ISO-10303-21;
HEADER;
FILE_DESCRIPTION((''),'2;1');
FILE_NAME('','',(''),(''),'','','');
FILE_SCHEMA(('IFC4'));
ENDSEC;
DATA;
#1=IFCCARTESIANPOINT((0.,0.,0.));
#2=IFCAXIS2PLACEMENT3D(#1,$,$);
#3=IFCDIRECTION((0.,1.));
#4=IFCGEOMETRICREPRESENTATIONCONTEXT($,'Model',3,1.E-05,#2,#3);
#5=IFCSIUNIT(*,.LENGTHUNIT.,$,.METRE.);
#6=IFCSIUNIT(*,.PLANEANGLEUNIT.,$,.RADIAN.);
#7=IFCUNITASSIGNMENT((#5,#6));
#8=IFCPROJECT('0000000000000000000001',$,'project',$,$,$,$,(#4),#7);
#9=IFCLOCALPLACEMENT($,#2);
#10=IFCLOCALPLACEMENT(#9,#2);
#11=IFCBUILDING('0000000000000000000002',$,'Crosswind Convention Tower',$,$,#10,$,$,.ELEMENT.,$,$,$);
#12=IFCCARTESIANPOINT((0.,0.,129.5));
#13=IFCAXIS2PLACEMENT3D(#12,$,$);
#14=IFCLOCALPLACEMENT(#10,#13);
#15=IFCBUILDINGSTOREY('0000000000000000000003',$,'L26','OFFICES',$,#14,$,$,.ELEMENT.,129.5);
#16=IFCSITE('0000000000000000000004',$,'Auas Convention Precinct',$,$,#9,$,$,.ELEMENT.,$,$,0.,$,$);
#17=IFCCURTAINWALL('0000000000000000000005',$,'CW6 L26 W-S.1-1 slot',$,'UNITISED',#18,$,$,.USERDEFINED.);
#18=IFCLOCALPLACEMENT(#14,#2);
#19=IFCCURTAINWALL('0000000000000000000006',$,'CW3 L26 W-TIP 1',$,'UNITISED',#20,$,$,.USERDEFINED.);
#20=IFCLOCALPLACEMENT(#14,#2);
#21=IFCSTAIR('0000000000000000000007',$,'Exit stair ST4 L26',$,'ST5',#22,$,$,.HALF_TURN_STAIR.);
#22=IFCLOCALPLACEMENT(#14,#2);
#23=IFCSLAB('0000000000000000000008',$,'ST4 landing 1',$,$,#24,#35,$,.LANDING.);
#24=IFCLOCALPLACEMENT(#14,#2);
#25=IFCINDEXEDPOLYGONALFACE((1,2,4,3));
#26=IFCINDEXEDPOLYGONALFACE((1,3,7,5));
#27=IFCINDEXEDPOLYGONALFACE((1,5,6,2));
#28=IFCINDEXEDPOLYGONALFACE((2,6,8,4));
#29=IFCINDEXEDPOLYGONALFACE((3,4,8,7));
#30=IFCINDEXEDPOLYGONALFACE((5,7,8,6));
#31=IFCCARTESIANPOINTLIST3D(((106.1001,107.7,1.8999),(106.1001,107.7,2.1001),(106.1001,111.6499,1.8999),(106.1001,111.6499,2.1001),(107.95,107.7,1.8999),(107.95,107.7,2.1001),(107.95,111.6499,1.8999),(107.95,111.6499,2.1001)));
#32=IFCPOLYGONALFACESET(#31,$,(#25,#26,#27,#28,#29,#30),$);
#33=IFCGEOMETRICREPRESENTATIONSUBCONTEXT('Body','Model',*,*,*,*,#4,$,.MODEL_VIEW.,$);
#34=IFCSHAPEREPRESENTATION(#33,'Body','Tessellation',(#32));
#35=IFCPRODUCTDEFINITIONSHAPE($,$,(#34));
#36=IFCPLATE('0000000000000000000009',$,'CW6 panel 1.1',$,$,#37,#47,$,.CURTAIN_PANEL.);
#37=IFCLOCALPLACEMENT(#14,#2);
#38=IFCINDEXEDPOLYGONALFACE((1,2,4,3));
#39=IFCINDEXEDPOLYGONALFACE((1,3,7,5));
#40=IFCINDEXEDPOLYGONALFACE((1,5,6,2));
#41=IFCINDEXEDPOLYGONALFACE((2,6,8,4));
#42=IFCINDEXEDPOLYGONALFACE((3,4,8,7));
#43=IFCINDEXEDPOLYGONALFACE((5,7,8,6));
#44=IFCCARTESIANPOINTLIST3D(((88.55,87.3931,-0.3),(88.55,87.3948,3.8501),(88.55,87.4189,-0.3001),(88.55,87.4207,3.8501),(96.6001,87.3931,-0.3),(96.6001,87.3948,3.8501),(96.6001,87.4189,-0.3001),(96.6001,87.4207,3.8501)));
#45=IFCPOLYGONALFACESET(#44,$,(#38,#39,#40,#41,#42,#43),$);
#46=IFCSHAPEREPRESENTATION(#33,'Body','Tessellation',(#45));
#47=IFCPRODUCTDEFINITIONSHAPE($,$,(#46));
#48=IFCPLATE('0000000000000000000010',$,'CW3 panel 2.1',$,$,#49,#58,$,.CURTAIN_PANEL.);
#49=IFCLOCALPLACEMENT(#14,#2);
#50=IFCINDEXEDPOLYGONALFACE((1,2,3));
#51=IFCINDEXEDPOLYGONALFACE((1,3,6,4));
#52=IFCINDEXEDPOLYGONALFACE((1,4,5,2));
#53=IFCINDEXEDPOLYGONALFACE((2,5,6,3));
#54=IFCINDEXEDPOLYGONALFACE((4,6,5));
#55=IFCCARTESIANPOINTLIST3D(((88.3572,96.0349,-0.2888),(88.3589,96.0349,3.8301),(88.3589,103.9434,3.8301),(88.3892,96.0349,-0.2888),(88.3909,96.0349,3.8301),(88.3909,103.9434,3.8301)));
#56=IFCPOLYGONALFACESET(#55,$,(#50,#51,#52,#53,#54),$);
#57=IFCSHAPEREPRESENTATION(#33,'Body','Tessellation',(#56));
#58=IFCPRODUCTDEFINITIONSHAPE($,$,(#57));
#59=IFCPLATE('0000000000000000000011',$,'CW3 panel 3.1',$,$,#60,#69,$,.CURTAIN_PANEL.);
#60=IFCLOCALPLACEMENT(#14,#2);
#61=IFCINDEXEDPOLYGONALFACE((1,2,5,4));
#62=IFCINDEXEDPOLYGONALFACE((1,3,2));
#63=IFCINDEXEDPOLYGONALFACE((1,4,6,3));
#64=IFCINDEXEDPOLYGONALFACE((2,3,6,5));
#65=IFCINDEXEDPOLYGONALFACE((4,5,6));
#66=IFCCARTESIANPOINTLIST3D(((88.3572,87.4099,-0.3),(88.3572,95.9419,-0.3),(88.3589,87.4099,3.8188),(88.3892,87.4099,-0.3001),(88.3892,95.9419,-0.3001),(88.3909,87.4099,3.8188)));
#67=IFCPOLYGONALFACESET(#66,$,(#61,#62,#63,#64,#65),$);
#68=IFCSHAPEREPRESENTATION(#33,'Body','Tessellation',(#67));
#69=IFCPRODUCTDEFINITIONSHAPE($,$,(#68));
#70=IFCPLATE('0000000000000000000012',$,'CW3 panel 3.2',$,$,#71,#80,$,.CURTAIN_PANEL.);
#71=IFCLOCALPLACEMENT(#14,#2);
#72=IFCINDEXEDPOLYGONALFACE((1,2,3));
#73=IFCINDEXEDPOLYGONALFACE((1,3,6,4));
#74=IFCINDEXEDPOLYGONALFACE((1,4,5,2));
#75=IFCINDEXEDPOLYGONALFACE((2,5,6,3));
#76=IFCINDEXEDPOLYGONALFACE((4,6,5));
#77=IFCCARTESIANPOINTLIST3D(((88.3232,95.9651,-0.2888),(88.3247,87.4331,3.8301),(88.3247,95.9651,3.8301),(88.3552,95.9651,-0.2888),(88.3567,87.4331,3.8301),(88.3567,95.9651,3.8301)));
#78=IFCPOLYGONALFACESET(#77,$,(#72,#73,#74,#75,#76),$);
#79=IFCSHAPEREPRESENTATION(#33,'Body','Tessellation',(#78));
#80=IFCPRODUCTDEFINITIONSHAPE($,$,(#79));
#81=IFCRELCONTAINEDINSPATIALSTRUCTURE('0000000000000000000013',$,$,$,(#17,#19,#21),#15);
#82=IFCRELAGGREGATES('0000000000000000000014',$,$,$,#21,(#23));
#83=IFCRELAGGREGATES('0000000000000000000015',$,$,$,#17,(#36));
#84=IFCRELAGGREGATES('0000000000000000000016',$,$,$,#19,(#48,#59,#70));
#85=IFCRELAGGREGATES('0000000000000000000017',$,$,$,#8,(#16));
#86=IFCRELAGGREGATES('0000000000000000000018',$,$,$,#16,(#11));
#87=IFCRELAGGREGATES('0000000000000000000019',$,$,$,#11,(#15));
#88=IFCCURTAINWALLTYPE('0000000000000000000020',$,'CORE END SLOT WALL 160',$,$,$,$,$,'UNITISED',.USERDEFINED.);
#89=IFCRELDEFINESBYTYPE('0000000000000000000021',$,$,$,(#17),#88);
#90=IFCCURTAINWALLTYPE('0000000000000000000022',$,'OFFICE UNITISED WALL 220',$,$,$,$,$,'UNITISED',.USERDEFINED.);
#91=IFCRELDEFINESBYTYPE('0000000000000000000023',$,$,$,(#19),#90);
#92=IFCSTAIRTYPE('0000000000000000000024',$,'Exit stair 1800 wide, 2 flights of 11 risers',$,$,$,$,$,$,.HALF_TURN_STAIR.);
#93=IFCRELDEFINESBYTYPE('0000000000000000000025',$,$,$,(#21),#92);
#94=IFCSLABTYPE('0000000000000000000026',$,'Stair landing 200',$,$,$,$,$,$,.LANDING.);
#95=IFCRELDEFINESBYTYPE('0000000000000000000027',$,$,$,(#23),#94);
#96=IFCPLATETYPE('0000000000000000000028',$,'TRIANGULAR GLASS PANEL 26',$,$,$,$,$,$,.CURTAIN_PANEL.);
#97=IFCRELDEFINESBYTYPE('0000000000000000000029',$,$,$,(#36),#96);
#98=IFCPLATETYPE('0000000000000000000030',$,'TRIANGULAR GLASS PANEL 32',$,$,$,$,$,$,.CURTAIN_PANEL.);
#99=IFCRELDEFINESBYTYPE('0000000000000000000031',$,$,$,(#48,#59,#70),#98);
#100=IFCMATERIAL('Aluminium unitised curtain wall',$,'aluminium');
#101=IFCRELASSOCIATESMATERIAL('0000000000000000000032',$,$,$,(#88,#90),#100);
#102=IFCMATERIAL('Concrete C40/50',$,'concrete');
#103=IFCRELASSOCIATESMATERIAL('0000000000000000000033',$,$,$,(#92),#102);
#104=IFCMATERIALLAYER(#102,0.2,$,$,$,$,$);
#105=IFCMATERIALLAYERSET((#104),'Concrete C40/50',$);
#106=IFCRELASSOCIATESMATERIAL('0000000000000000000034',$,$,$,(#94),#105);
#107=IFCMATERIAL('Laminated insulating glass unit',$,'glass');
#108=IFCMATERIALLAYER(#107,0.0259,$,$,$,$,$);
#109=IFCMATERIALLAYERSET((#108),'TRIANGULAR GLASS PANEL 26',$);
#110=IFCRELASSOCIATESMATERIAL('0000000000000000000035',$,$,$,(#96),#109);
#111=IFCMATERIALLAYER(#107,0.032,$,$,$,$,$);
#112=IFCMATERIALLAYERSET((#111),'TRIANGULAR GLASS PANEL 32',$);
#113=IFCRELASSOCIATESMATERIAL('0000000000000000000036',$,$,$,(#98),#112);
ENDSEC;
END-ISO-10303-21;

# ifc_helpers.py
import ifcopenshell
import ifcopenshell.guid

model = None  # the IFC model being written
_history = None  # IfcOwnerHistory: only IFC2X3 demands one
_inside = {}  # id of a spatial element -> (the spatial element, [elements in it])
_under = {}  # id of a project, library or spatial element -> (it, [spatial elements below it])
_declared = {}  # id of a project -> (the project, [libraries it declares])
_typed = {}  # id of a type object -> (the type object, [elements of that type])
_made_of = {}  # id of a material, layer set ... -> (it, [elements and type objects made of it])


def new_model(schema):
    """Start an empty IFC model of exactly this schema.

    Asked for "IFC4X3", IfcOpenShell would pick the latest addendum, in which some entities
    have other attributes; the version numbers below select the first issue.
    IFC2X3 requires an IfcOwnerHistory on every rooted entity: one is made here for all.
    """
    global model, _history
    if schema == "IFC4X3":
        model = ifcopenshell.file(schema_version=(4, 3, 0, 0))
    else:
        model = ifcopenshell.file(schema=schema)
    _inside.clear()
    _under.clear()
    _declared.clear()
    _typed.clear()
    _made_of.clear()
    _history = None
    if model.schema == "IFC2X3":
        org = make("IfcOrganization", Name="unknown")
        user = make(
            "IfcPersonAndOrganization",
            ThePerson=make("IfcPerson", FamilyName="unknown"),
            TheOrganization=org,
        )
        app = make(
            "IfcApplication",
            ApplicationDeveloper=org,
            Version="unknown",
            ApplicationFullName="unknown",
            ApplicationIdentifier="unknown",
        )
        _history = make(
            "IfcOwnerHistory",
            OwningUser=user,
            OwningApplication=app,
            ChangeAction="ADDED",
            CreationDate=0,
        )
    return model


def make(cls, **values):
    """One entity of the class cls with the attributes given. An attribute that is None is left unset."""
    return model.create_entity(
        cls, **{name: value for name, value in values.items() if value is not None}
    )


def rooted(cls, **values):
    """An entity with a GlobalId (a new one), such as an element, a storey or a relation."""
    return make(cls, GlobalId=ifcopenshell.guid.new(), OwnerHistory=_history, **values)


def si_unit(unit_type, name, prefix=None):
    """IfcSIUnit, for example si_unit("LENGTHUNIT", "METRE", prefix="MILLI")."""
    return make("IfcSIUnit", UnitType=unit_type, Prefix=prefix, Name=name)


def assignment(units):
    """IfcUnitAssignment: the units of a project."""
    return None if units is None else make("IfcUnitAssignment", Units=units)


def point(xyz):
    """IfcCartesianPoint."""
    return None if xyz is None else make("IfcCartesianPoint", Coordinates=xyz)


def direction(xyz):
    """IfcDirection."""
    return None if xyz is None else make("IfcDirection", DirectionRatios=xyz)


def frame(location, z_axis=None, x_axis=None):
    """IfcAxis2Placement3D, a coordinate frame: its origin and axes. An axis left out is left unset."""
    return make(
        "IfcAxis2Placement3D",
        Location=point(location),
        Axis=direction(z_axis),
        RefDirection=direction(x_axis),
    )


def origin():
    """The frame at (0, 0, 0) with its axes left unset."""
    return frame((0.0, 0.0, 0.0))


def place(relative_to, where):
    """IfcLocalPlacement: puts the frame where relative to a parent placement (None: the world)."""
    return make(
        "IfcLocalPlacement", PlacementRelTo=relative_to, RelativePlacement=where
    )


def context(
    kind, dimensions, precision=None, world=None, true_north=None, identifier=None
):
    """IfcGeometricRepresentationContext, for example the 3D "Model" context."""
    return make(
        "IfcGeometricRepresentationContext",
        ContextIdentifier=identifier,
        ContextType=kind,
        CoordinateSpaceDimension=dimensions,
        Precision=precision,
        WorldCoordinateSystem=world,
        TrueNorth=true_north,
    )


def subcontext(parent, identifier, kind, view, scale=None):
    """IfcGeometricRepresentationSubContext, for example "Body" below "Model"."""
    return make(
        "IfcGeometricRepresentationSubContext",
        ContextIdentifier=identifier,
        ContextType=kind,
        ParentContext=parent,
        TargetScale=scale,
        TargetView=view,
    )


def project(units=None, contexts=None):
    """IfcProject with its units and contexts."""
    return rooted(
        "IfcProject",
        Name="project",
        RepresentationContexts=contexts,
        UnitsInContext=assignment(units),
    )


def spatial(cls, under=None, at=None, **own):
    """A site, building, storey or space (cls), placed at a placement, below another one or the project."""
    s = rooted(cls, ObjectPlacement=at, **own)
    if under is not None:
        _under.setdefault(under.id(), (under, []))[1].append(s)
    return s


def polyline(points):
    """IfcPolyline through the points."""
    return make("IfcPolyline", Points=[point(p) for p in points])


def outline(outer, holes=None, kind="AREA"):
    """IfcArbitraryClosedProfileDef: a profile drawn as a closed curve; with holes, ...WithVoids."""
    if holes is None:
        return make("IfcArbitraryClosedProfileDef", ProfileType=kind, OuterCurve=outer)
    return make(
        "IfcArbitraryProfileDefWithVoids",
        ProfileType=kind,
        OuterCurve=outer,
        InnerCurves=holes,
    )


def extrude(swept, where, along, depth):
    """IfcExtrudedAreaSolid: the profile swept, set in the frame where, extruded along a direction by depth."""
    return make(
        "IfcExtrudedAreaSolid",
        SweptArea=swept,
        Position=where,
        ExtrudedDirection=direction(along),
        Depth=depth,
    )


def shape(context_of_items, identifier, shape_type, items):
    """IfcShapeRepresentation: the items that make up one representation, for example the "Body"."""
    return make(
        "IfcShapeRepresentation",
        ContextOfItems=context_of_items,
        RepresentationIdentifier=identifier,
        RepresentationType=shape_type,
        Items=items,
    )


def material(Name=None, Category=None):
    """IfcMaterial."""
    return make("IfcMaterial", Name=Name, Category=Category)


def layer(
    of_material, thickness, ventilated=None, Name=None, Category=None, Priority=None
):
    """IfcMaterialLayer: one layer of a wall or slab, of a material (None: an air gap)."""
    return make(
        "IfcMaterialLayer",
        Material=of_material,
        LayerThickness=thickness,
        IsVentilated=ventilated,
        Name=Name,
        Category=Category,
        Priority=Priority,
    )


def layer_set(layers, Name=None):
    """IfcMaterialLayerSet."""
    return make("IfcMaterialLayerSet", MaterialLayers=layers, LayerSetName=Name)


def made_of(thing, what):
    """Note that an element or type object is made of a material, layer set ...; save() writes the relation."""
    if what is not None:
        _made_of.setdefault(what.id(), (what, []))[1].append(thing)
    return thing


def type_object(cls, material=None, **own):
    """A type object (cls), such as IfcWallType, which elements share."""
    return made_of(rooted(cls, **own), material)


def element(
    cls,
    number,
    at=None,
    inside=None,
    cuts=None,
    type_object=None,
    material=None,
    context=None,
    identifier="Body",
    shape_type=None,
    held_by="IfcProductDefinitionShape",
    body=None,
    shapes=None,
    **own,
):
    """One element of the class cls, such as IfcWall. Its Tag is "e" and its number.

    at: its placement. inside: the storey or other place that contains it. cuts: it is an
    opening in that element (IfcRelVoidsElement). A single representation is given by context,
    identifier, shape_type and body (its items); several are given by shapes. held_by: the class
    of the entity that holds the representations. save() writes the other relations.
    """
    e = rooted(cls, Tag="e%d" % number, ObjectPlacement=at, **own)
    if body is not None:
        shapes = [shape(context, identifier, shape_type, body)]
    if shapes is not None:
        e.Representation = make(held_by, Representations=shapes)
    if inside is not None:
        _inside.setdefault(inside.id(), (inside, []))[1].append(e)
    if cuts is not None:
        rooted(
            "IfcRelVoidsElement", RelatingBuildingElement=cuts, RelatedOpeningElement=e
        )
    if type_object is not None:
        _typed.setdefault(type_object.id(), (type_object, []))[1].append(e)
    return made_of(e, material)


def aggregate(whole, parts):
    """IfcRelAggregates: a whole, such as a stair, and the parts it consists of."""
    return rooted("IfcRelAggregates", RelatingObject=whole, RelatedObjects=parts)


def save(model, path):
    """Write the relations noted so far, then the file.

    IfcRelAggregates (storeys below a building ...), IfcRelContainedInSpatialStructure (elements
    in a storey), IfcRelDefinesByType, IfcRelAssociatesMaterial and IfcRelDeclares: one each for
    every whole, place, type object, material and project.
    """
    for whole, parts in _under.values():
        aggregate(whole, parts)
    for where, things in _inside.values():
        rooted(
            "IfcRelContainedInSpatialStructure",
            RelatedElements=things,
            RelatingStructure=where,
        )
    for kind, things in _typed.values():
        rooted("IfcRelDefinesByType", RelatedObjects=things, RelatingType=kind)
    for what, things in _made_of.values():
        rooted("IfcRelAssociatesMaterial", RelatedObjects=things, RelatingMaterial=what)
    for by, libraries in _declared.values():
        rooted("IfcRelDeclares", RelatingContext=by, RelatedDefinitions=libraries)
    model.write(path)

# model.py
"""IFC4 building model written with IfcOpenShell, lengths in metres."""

from ifc_helpers import new_model, si_unit, direction, frame, origin, place, context, subcontext, project, spatial, polyline, outline, extrude, material, layer, layer_set, type_object, element, aggregate, save


model = new_model("IFC4")

# Units and contexts
model_context = context("Model", 3, precision=1e-05, world=origin(), true_north=direction((0.0, 1.0)))
body_context = subcontext(model_context, "Body", "Model", "MODEL_VIEW")
ifc_project = project(units=[si_unit("LENGTHUNIT", "METRE"), si_unit("PLANEANGLEUNIT", "RADIAN")], contexts=[model_context])

# Site, building, storey
site_placement = place(None, origin())
site = spatial("IfcSite", under=ifc_project, at=site_placement, Name="Auas Convention Precinct", CompositionType="ELEMENT", RefElevation=0.0)
building_placement = place(site_placement, origin())
building = spatial("IfcBuilding", under=site, at=building_placement, Name="Crosswind Convention Tower", CompositionType="ELEMENT")
storey_placement = place(building_placement, frame((0.0, 0.0, 129.5)))
storey = spatial("IfcBuildingStorey", under=building, at=storey_placement, Name="L26", Description="OFFICES", CompositionType="ELEMENT", Elevation=129.5)

# Curtain wall
ifc_material_1 = material(Name="Aluminium unitised curtain wall", Category="aluminium")
curtain_wall_type_1 = type_object("IfcCurtainWallType", Name="CORE END SLOT WALL 160", ElementType="UNITISED", PredefinedType="USERDEFINED", material=ifc_material_1)
curtain_wall_1_placement = place(storey_placement, origin())
curtain_wall_1 = element("IfcCurtainWall", 1, at=curtain_wall_1_placement, inside=storey, type_object=curtain_wall_type_1, Name="CW6 L26 W-S.1-1 slot", ObjectType="UNITISED", PredefinedType="USERDEFINED")

# Curtain wall
curtain_wall_type_2 = type_object("IfcCurtainWallType", Name="OFFICE UNITISED WALL 220", ElementType="UNITISED", PredefinedType="USERDEFINED", material=ifc_material_1)
curtain_wall_2_placement = place(storey_placement, origin())
curtain_wall_2 = element("IfcCurtainWall", 2, at=curtain_wall_2_placement, inside=storey, type_object=curtain_wall_type_2, Name="CW3 L26 W-TIP 1", ObjectType="UNITISED", PredefinedType="USERDEFINED")

# Shared definitions
ifc_material_2 = material(Name="Concrete C40/50", Category="concrete")

# Stair, slab
stair_type = type_object("IfcStairType", Name="Exit stair 1800 wide, 2 flights of 11 risers", PredefinedType="HALF_TURN_STAIR", material=ifc_material_2)
ifc_layer_1 = layer(ifc_material_2, 0.2)
ifc_layer_set_1 = layer_set([ifc_layer_1], Name="Concrete C40/50")
slab_type_1 = type_object("IfcSlabType", Name="Stair landing 200", PredefinedType="LANDING", material=ifc_layer_set_1)
stair_1_placement = place(storey_placement, origin())
stair_1 = element("IfcStair", 3, at=stair_1_placement, inside=storey, type_object=stair_type, Name="Exit stair ST4 L26", ObjectType="ST5", PredefinedType="HALF_TURN_STAIR")
slab_1_placement = place(storey_placement, frame((0.0, 0.0, 1.8999)))
slab_1 = element("IfcSlab", 4, at=slab_1_placement, type_object=slab_type_1, Name="ST4 landing 1", PredefinedType="LANDING", context=body_context, shape_type="SweptSolid", body=[
    extrude(outline(polyline([(107.95, 107.7), (107.95, 111.6499), (106.1001, 111.6499), (106.1001, 107.7), (107.95, 107.7)])), origin(), (0.0, 0.0, 1.0), 0.2002),
])
aggregate(stair_1, [slab_1])

# Plates
ifc_material_3 = material(Name="Laminated insulating glass unit", Category="glass")
ifc_layer_2 = layer(ifc_material_3, 0.0259)
ifc_layer_set_2 = layer_set([ifc_layer_2], Name="TRIANGULAR GLASS PANEL 26")
plate_type_1 = type_object("IfcPlateType", Name="TRIANGULAR GLASS PANEL 26", PredefinedType="CURTAIN_PANEL", material=ifc_layer_set_2)
plate_1_placement = place(storey_placement, frame((88.55, 87.3931, -0.3), z_axis=(0.0, -1.0, 0.000412), x_axis=(1.0, 0.0, 0.0)))
plate_1 = element("IfcPlate", 5, at=plate_1_placement, type_object=plate_type_1, Name="CW6 panel 1.1", PredefinedType="CURTAIN_PANEL", context=body_context, shape_type="SweptSolid", body=[
    extrude(outline(polyline([(0.0, 0.0), (8.05, 0.0), (8.05, 4.1501), (0.0, 4.1501), (0.0, 0.0)])), origin(), (0.0, 0.0, -1.0), 0.0259),
])
aggregate(curtain_wall_1, [plate_1])
ifc_layer_3 = layer(ifc_material_3, 0.032)
ifc_layer_set_3 = layer_set([ifc_layer_3], Name="TRIANGULAR GLASS PANEL 32")
plate_type_2 = type_object("IfcPlateType", Name="TRIANGULAR GLASS PANEL 32", PredefinedType="CURTAIN_PANEL", material=ifc_layer_set_3)
plate_2_placement = place(storey_placement, frame((88.3589, 96.0349, 3.8301), z_axis=(-1.0, 0.0, 0.000415), x_axis=(0.0, 1.0, 0.0)))
plate_2 = element("IfcPlate", 6, at=plate_2_placement, type_object=plate_type_2, Name="CW3 panel 2.1", PredefinedType="CURTAIN_PANEL", context=body_context, shape_type="SweptSolid", body=[
    extrude(outline(polyline([(0.0, 0.0), (7.9084, 0.0), (0.0, 4.1189), (0.0, 0.0)])), origin(), (0.0, 0.0, -1.0), 0.032),
])
plate_3_placement = place(storey_placement, frame((88.3572, 87.4099, -0.3), z_axis=(-1.0, 0.0, 0.000415), x_axis=(0.000415, 0.0, 1.0)))
plate_3 = element("IfcPlate", 7, at=plate_3_placement, type_object=plate_type_2, Name="CW3 panel 3.1", PredefinedType="CURTAIN_PANEL", context=body_context, shape_type="SweptSolid", body=[
    extrude(outline(polyline([(0.0, 0.0), (4.1189, 0.0), (0.0, 8.532), (0.0, 0.0)])), origin(), (0.0, 0.0, -1.0), 0.032),
])
plate_4_placement = place(storey_placement, frame((88.3247, 95.9651, 3.8301), z_axis=(-1.0, 0.0, 0.000356), x_axis=(-0.000356, 0.0, -1.0)))
plate_4 = element("IfcPlate", 8, at=plate_4_placement, type_object=plate_type_2, Name="CW3 panel 3.2", PredefinedType="CURTAIN_PANEL", context=body_context, shape_type="SweptSolid", body=[
    extrude(outline(polyline([(0.0, 0.0), (4.1189, 0.0), (0.0, 8.532), (0.0, 0.0)])), origin(), (0.0, 0.0, -1.0), 0.032),
])
aggregate(curtain_wall_2, [plate_2, plate_3, plate_4])

save(model, "model.ifc")
